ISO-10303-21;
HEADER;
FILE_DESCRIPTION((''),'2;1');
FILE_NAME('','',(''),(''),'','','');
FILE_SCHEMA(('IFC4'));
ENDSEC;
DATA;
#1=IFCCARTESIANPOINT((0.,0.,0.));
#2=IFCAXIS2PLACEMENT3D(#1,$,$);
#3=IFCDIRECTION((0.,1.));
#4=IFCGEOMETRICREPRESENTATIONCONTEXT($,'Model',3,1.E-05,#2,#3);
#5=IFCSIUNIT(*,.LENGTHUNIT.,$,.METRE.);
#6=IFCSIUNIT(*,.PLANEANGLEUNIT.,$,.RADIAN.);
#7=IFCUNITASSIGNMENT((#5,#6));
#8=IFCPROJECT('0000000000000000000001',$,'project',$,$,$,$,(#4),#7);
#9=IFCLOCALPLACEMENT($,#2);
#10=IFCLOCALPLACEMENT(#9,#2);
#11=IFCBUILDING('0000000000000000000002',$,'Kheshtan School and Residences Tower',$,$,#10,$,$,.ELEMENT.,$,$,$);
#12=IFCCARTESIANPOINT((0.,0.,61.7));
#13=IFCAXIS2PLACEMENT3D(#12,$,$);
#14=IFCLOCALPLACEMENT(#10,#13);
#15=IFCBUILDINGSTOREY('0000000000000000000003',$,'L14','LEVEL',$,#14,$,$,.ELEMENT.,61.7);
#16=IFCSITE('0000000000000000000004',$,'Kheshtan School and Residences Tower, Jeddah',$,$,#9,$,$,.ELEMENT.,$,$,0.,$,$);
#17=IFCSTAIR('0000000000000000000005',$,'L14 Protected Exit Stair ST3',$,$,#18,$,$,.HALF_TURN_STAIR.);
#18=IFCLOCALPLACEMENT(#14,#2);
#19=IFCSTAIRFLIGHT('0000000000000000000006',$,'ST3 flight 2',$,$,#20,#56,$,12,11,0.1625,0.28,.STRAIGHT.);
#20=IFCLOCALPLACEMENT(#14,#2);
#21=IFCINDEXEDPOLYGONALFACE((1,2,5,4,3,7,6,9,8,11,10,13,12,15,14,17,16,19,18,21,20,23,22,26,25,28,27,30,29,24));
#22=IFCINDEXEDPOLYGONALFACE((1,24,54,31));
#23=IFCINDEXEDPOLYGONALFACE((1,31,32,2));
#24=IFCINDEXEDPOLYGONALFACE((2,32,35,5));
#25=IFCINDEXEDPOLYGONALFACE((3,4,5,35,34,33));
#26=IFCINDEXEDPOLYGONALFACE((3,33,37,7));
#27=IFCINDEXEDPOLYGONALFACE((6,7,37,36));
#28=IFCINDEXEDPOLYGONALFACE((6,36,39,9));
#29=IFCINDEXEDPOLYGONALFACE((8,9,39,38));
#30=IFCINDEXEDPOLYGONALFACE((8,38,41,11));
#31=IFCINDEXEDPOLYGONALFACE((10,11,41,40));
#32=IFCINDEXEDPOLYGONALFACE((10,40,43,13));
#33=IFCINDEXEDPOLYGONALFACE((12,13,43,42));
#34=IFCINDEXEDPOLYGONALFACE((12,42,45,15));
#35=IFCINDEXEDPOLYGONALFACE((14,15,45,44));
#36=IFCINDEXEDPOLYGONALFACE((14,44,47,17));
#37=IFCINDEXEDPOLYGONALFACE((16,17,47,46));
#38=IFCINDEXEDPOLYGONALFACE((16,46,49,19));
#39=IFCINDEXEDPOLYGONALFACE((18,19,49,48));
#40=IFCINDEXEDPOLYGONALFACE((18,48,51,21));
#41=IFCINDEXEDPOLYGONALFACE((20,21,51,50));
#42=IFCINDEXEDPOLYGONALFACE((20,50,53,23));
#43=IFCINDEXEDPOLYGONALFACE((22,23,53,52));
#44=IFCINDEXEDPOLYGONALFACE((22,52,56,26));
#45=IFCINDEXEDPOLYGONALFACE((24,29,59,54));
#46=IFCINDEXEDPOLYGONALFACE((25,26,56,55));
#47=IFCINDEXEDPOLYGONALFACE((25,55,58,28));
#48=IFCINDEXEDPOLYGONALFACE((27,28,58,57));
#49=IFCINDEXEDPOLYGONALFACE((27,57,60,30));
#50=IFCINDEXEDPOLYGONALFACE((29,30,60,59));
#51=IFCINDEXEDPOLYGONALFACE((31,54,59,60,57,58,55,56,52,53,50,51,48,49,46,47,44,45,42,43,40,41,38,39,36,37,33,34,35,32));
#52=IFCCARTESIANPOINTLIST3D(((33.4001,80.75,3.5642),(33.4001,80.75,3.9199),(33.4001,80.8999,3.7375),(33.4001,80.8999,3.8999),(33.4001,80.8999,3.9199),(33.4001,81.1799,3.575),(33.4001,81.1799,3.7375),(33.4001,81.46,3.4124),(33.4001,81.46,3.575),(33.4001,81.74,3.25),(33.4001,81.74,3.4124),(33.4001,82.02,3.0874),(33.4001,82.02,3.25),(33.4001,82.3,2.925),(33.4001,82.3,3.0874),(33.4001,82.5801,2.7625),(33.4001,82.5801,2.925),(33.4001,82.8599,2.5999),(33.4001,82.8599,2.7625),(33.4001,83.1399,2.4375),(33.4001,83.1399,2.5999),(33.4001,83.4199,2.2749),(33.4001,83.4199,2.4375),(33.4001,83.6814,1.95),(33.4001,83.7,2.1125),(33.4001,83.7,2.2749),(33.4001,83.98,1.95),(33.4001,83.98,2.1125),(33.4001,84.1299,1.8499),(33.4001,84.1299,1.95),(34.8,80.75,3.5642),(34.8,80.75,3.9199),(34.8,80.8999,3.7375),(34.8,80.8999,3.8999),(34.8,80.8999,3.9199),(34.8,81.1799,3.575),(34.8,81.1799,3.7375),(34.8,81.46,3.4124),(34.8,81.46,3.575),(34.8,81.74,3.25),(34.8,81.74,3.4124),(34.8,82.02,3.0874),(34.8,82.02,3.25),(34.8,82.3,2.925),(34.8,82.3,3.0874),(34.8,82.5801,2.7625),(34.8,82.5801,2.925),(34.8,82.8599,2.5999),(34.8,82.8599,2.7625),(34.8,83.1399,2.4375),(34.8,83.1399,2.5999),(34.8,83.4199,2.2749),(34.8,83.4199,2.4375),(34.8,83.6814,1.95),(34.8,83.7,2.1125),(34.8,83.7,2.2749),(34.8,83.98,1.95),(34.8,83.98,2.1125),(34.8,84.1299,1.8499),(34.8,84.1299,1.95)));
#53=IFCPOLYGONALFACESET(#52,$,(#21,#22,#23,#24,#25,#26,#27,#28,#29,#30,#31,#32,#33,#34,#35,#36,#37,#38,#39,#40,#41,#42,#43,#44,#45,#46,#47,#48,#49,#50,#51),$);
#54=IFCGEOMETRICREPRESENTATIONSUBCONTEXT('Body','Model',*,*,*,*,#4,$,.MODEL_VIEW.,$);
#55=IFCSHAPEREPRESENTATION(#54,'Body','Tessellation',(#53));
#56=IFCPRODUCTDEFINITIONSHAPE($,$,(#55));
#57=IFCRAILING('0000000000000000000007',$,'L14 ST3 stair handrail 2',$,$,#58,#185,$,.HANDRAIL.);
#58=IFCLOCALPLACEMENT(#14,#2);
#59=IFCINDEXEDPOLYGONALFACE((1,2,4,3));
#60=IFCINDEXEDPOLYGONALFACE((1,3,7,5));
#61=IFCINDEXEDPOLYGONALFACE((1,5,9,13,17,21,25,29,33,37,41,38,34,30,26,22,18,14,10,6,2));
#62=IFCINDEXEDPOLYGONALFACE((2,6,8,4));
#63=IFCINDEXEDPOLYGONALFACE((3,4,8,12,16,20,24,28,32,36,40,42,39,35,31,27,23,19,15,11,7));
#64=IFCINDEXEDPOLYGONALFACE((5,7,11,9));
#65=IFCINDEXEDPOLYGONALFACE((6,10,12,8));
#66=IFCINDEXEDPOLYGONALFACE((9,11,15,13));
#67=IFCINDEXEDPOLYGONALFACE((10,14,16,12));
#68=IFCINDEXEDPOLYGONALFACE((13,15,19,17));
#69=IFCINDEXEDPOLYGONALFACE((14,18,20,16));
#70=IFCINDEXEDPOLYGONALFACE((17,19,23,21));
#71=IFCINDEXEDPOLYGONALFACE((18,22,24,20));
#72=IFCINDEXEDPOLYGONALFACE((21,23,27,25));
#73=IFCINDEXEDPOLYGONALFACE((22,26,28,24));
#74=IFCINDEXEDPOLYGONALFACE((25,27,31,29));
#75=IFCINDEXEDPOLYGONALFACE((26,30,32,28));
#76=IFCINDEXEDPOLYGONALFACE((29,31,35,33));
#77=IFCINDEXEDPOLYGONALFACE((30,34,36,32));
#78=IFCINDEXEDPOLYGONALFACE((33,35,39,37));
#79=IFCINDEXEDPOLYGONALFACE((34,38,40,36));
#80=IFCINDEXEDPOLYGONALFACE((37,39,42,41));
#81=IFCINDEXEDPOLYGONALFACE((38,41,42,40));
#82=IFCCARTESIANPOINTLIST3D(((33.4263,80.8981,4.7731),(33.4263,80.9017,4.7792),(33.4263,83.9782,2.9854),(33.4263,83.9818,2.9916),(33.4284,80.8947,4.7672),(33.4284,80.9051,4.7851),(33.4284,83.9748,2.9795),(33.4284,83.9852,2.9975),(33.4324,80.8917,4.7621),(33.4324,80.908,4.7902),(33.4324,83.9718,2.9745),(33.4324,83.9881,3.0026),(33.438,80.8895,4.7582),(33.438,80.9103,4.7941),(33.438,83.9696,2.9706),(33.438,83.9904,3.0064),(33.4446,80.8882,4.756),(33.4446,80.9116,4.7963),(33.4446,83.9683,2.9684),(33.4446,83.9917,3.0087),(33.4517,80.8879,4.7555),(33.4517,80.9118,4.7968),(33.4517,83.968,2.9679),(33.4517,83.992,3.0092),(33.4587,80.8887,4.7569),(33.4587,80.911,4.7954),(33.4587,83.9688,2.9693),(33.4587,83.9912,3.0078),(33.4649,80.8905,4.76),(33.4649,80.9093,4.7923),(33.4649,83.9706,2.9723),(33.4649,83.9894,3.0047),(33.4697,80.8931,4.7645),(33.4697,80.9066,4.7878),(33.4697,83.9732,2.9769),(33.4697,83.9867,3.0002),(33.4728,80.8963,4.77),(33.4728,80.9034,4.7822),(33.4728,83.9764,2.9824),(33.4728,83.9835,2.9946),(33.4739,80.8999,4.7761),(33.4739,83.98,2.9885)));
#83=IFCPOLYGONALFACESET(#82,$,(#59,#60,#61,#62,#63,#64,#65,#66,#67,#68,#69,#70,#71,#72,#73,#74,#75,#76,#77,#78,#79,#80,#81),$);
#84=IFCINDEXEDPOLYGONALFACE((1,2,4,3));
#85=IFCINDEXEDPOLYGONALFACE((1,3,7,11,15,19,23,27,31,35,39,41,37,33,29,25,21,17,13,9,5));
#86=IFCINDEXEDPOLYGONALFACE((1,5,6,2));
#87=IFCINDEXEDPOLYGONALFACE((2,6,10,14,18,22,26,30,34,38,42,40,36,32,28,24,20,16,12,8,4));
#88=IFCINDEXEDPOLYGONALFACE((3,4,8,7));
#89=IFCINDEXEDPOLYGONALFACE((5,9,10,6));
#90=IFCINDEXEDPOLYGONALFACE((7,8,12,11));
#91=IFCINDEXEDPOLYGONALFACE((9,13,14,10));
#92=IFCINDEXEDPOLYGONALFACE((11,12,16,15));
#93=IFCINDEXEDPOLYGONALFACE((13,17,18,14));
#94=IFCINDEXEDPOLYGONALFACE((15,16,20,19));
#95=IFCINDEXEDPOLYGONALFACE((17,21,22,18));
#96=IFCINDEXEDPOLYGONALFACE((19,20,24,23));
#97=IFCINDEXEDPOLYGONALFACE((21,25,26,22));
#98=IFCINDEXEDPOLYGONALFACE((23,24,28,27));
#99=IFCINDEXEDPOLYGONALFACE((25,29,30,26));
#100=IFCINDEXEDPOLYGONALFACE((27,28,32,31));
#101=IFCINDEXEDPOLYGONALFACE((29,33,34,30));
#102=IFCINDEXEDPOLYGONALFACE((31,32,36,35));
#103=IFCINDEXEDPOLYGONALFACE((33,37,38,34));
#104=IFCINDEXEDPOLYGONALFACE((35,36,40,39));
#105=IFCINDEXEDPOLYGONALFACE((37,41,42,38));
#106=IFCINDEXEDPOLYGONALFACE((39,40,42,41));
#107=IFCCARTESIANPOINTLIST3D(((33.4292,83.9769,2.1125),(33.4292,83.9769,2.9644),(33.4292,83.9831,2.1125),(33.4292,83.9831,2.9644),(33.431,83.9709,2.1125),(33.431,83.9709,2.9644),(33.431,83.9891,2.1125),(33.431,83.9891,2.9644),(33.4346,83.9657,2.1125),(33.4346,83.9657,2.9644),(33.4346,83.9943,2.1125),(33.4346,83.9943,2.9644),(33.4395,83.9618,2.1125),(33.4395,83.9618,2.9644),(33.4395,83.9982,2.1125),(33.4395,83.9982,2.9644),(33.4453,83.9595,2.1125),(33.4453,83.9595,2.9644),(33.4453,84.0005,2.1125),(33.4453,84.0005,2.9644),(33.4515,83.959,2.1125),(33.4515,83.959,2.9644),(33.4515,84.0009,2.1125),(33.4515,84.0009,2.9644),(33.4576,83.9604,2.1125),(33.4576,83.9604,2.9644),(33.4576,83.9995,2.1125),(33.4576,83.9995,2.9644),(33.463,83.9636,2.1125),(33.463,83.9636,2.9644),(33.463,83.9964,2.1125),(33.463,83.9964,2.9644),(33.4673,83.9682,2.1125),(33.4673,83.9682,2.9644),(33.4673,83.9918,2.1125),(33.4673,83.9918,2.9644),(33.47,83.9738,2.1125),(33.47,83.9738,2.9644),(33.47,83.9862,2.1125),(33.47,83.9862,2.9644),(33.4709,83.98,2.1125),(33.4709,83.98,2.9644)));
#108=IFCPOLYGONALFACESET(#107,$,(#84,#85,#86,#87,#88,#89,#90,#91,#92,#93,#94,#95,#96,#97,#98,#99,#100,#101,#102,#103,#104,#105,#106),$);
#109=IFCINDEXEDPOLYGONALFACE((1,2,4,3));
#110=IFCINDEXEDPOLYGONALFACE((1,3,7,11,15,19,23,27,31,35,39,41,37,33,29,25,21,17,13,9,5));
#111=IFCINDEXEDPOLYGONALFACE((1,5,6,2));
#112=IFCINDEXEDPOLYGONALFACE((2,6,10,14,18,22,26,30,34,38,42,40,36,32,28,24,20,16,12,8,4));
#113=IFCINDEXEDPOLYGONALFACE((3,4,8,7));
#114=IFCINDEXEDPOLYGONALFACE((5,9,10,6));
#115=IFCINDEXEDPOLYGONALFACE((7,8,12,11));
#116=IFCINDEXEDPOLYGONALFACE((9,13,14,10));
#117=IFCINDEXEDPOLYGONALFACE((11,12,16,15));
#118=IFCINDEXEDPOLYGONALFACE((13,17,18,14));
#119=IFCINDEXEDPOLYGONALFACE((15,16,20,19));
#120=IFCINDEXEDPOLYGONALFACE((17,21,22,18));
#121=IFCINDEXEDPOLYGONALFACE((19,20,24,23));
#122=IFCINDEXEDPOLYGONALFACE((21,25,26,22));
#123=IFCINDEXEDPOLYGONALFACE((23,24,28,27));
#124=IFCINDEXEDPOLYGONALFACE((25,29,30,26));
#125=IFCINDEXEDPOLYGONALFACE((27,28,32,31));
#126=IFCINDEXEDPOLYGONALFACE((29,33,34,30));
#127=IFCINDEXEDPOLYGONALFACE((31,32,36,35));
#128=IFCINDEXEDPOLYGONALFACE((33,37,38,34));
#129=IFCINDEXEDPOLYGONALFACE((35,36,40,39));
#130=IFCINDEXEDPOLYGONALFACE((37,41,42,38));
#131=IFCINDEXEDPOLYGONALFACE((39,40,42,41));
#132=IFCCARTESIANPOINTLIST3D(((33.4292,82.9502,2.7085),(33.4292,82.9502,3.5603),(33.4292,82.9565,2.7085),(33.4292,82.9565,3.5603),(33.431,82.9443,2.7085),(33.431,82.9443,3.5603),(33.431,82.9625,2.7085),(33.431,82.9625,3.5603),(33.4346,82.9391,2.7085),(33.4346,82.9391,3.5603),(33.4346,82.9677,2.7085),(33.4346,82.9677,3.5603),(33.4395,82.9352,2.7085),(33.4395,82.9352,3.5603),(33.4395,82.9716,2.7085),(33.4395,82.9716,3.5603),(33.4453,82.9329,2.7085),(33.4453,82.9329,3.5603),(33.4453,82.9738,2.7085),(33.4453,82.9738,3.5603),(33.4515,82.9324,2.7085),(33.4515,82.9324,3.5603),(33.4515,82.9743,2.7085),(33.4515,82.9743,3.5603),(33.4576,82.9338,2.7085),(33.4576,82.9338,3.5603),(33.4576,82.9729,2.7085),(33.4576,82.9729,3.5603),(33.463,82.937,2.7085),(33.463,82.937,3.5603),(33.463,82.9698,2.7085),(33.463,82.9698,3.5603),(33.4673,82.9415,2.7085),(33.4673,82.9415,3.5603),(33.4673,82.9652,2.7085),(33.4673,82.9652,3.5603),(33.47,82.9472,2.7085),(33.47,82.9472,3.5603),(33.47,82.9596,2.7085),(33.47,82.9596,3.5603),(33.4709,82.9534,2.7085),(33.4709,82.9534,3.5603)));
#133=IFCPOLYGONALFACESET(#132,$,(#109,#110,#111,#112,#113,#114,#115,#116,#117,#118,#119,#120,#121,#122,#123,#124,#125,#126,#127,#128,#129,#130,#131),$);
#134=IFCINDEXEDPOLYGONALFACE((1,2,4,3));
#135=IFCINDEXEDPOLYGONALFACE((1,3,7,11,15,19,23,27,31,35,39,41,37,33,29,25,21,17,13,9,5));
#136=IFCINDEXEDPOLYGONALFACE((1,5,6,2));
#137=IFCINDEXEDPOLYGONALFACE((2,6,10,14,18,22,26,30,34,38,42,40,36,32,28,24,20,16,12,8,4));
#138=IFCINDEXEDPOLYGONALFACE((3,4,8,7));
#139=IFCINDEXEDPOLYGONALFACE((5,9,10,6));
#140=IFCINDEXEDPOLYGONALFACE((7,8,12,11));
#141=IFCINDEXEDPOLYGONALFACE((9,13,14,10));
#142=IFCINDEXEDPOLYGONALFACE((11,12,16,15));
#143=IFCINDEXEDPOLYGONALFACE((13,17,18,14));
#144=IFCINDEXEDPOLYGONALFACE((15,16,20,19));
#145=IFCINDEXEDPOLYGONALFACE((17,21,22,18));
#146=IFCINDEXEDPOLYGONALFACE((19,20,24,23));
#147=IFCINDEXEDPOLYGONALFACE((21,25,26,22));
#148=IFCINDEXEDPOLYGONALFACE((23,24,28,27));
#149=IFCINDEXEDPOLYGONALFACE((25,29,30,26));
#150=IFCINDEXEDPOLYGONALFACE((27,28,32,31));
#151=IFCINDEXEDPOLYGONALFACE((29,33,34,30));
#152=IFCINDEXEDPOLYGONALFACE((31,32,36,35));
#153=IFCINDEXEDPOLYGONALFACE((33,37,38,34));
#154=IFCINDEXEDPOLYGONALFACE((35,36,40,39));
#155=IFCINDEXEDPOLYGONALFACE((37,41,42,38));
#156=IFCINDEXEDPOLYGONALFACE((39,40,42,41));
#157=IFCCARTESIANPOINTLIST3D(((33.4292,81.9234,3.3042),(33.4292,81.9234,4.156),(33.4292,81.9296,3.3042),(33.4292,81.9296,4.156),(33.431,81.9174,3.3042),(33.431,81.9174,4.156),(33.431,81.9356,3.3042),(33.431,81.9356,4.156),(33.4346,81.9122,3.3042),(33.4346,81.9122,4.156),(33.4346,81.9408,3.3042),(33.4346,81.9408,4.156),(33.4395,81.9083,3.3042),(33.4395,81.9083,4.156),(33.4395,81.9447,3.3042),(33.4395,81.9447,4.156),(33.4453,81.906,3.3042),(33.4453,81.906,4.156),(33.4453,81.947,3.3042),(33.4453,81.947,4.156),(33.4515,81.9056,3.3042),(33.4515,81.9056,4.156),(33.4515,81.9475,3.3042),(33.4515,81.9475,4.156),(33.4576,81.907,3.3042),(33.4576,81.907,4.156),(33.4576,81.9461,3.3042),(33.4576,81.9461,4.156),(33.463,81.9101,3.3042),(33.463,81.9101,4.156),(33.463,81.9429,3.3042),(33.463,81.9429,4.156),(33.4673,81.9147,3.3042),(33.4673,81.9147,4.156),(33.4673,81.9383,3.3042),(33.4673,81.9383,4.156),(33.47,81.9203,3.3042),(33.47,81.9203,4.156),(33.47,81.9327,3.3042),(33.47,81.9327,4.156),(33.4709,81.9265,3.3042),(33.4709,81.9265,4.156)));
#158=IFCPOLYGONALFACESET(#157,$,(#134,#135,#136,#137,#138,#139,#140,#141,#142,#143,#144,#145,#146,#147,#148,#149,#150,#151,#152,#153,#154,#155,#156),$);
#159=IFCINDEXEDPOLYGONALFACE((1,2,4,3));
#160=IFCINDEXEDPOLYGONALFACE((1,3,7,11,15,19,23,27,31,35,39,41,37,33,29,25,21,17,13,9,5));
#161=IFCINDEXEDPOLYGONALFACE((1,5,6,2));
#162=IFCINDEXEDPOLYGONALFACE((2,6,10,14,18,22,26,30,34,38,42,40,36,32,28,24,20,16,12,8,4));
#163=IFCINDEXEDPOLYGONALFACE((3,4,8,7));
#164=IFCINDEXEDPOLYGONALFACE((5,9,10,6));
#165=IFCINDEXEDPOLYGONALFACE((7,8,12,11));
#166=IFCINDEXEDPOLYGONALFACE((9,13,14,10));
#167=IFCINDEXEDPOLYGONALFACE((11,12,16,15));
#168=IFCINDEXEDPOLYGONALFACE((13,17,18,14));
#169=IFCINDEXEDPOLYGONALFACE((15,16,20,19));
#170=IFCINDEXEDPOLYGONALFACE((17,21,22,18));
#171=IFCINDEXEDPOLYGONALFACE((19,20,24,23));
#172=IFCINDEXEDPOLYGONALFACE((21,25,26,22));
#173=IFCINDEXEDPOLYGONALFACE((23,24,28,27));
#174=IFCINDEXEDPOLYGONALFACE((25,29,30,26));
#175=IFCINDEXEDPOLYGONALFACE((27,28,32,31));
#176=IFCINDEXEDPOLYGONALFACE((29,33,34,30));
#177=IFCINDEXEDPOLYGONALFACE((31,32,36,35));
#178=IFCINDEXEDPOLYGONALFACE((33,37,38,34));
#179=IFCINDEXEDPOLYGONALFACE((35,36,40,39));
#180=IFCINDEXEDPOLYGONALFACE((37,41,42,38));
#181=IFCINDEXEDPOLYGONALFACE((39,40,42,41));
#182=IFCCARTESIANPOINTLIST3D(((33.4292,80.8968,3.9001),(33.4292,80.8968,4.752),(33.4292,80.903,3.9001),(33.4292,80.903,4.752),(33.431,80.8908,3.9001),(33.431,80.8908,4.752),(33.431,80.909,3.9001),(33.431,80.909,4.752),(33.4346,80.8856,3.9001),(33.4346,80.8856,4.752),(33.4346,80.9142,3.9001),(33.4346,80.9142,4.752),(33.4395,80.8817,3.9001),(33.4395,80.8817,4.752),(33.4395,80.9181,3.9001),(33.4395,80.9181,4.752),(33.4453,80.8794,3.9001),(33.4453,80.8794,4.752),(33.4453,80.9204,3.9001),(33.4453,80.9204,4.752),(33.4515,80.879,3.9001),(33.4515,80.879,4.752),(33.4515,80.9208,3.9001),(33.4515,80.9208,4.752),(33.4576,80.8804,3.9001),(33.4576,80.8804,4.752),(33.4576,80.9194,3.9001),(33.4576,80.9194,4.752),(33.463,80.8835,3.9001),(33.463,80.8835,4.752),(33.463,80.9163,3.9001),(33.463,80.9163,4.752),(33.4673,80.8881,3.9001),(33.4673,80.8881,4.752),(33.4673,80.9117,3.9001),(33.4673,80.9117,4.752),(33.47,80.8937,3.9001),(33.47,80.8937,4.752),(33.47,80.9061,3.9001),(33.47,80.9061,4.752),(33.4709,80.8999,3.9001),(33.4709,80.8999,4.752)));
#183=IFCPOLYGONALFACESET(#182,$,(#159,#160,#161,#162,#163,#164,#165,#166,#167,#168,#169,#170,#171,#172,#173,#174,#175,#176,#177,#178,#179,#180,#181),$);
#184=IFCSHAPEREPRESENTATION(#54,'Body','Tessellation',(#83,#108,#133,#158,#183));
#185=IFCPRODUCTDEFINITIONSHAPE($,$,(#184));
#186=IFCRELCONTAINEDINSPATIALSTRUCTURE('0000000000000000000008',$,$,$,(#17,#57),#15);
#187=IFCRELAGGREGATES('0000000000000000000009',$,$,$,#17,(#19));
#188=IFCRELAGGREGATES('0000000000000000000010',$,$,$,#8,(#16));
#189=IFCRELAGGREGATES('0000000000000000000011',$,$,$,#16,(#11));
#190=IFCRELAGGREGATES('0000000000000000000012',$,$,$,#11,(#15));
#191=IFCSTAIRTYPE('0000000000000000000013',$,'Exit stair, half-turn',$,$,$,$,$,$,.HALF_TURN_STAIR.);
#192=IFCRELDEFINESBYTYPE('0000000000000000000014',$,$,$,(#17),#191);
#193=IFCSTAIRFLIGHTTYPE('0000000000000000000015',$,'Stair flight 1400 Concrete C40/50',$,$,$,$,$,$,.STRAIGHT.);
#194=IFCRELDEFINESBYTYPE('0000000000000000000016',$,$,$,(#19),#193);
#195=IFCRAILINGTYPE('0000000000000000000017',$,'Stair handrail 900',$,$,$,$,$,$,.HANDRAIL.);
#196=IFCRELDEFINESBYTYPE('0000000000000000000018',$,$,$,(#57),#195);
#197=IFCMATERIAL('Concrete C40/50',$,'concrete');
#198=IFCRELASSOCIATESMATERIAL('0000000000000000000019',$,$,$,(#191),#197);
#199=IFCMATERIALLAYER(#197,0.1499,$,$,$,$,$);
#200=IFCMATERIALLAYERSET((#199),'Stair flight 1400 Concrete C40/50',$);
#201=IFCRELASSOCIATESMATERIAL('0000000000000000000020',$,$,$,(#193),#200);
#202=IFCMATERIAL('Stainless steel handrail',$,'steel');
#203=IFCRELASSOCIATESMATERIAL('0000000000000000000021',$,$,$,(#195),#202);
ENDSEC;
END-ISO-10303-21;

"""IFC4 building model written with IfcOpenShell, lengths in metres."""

from ifc_helpers import new_model, si_unit, direction, frame, origin, origin_2d, place, context, subcontext, project, spatial, polyline, circle, outline, extrude, material, layer, layer_set, type_object, element, aggregate, save


model = new_model("IFC4")

# Units and contexts
model_context = context("Model", 3, precision=1e-05, world=origin(), true_north=direction((0.0, 1.0)))
body_context = subcontext(model_context, "Body", "Model", "MODEL_VIEW")
ifc_project = project(units=[si_unit("LENGTHUNIT", "METRE"), si_unit("PLANEANGLEUNIT", "RADIAN")], contexts=[model_context])

# Site, building, storey
site_placement = place(None, origin())
site = spatial("IfcSite", under=ifc_project, at=site_placement, Name="Kheshtan School and Residences Tower, Jeddah", CompositionType="ELEMENT", RefElevation=0.0)
building_placement = place(site_placement, origin())
building = spatial("IfcBuilding", under=site, at=building_placement, Name="Kheshtan School and Residences Tower", CompositionType="ELEMENT")
storey_placement = place(building_placement, frame((0.0, 0.0, 61.7)))
storey = spatial("IfcBuildingStorey", under=building, at=storey_placement, Name="L14", Description="LEVEL", CompositionType="ELEMENT", Elevation=61.7)

# Shared definitions
ifc_material_1 = material(Name="Concrete C40/50", Category="concrete")

# Stair, stair flight
stair_type = type_object("IfcStairType", Name="Exit stair, half-turn", PredefinedType="HALF_TURN_STAIR", material=ifc_material_1)
stair_placement = place(storey_placement, origin())
stair = element("IfcStair", 1, at=stair_placement, inside=storey, type_object=stair_type, Name="L14 Protected Exit Stair ST3", PredefinedType="HALF_TURN_STAIR")
ifc_layer_1 = layer(ifc_material_1, 0.1499)
ifc_layer_set_1 = layer_set([ifc_layer_1], Name="Stair flight 1400 Concrete C40/50")
stair_flight_type = type_object("IfcStairFlightType", Name="Stair flight 1400 Concrete C40/50", PredefinedType="STRAIGHT", material=ifc_layer_set_1)
stair_flight_placement = place(storey_placement, frame((34.1001, 83.98, 1.95), z_axis=(0.0, 0.0, 1.0), x_axis=(0.0, -1.0, 0.0)))
stair_flight = element("IfcStairFlight", 2, at=stair_flight_placement, type_object=stair_flight_type, Name="ST3 flight 2", NumberOfRisers=12, NumberOfTreads=11, PredefinedType="STRAIGHT", RiserHeight=0.1625, TreadLength=0.28, context=body_context, shape_type="SweptSolid", body=[
    extrude(outline(polyline([(-0.1499, -0.1001), (-0.1499, 0.0), (0.0, 0.0), (0.0, 0.1626), (0.28, 0.1626), (0.28, 0.325), (0.5601, 0.325), (0.5601, 0.4875), (0.8401, 0.4875), (0.8401, 0.6499), (1.1201, 0.6499), (1.1201, 0.8125), (1.3999, 0.8125), (1.3999, 0.9751), (1.6799, 0.9751), (1.6799, 1.1375), (1.96, 1.1375), (1.96, 1.3), (2.24, 1.3), (2.24, 1.4624), (2.52, 1.4624), (2.52, 1.625), (2.8, 1.625), (2.8, 1.7876), (3.0801, 1.7876), (3.0801, 1.95), (3.0801, 1.97), (3.23, 1.97), (3.23, 1.6143), (0.2986, 0.0), (-0.1499, -0.1001)])), frame((0.0, 0.7, 0.0), z_axis=(0.0, -1.0, 0.0), x_axis=(1.0, 0.0, 0.0)), (0.0, 0.0, 1.0), 1.3999),
])
aggregate(stair, [stair_flight])

# Railing
ifc_material_2 = material(Name="Stainless steel handrail", Category="steel")
railing_type_1 = type_object("IfcRailingType", Name="Stair handrail 900", PredefinedType="HANDRAIL", material=ifc_material_2)
railing_1_placement = place(storey_placement, frame((33.45, 83.98, 2.1125)))
element("IfcRailing", 3, at=railing_1_placement, inside=storey, type_object=railing_type_1, Name="L14 ST3 stair handrail 2", PredefinedType="HANDRAIL", context=body_context, shape_type="SweptSolid", body=[
    extrude(circle(Radius=0.0239, at=origin_2d()), frame((0.0, 0.0, 0.876), z_axis=(0.0, -0.864891, 0.50196), x_axis=(1.0, 0.0, 0.0)), (0.0, 0.0, 1.0), 3.5613),
    extrude(circle(Radius=0.021, at=origin_2d()), origin(), (0.0, 0.0, 1.0), 0.8518),
    extrude(circle(Radius=0.021, at=origin_2d()), frame((0.0, -1.0266, 0.5959)), (0.0, 0.0, 1.0), 0.8518),
    extrude(circle(Radius=0.021, at=origin_2d()), frame((0.0, -2.0535, 1.1917)), (0.0, 0.0, 1.0), 0.8518),
    extrude(circle(Radius=0.021, at=origin_2d()), frame((0.0, -3.0801, 1.7876)), (0.0, 0.0, 1.0), 0.8518),
])

save(model, "model.ifc")
